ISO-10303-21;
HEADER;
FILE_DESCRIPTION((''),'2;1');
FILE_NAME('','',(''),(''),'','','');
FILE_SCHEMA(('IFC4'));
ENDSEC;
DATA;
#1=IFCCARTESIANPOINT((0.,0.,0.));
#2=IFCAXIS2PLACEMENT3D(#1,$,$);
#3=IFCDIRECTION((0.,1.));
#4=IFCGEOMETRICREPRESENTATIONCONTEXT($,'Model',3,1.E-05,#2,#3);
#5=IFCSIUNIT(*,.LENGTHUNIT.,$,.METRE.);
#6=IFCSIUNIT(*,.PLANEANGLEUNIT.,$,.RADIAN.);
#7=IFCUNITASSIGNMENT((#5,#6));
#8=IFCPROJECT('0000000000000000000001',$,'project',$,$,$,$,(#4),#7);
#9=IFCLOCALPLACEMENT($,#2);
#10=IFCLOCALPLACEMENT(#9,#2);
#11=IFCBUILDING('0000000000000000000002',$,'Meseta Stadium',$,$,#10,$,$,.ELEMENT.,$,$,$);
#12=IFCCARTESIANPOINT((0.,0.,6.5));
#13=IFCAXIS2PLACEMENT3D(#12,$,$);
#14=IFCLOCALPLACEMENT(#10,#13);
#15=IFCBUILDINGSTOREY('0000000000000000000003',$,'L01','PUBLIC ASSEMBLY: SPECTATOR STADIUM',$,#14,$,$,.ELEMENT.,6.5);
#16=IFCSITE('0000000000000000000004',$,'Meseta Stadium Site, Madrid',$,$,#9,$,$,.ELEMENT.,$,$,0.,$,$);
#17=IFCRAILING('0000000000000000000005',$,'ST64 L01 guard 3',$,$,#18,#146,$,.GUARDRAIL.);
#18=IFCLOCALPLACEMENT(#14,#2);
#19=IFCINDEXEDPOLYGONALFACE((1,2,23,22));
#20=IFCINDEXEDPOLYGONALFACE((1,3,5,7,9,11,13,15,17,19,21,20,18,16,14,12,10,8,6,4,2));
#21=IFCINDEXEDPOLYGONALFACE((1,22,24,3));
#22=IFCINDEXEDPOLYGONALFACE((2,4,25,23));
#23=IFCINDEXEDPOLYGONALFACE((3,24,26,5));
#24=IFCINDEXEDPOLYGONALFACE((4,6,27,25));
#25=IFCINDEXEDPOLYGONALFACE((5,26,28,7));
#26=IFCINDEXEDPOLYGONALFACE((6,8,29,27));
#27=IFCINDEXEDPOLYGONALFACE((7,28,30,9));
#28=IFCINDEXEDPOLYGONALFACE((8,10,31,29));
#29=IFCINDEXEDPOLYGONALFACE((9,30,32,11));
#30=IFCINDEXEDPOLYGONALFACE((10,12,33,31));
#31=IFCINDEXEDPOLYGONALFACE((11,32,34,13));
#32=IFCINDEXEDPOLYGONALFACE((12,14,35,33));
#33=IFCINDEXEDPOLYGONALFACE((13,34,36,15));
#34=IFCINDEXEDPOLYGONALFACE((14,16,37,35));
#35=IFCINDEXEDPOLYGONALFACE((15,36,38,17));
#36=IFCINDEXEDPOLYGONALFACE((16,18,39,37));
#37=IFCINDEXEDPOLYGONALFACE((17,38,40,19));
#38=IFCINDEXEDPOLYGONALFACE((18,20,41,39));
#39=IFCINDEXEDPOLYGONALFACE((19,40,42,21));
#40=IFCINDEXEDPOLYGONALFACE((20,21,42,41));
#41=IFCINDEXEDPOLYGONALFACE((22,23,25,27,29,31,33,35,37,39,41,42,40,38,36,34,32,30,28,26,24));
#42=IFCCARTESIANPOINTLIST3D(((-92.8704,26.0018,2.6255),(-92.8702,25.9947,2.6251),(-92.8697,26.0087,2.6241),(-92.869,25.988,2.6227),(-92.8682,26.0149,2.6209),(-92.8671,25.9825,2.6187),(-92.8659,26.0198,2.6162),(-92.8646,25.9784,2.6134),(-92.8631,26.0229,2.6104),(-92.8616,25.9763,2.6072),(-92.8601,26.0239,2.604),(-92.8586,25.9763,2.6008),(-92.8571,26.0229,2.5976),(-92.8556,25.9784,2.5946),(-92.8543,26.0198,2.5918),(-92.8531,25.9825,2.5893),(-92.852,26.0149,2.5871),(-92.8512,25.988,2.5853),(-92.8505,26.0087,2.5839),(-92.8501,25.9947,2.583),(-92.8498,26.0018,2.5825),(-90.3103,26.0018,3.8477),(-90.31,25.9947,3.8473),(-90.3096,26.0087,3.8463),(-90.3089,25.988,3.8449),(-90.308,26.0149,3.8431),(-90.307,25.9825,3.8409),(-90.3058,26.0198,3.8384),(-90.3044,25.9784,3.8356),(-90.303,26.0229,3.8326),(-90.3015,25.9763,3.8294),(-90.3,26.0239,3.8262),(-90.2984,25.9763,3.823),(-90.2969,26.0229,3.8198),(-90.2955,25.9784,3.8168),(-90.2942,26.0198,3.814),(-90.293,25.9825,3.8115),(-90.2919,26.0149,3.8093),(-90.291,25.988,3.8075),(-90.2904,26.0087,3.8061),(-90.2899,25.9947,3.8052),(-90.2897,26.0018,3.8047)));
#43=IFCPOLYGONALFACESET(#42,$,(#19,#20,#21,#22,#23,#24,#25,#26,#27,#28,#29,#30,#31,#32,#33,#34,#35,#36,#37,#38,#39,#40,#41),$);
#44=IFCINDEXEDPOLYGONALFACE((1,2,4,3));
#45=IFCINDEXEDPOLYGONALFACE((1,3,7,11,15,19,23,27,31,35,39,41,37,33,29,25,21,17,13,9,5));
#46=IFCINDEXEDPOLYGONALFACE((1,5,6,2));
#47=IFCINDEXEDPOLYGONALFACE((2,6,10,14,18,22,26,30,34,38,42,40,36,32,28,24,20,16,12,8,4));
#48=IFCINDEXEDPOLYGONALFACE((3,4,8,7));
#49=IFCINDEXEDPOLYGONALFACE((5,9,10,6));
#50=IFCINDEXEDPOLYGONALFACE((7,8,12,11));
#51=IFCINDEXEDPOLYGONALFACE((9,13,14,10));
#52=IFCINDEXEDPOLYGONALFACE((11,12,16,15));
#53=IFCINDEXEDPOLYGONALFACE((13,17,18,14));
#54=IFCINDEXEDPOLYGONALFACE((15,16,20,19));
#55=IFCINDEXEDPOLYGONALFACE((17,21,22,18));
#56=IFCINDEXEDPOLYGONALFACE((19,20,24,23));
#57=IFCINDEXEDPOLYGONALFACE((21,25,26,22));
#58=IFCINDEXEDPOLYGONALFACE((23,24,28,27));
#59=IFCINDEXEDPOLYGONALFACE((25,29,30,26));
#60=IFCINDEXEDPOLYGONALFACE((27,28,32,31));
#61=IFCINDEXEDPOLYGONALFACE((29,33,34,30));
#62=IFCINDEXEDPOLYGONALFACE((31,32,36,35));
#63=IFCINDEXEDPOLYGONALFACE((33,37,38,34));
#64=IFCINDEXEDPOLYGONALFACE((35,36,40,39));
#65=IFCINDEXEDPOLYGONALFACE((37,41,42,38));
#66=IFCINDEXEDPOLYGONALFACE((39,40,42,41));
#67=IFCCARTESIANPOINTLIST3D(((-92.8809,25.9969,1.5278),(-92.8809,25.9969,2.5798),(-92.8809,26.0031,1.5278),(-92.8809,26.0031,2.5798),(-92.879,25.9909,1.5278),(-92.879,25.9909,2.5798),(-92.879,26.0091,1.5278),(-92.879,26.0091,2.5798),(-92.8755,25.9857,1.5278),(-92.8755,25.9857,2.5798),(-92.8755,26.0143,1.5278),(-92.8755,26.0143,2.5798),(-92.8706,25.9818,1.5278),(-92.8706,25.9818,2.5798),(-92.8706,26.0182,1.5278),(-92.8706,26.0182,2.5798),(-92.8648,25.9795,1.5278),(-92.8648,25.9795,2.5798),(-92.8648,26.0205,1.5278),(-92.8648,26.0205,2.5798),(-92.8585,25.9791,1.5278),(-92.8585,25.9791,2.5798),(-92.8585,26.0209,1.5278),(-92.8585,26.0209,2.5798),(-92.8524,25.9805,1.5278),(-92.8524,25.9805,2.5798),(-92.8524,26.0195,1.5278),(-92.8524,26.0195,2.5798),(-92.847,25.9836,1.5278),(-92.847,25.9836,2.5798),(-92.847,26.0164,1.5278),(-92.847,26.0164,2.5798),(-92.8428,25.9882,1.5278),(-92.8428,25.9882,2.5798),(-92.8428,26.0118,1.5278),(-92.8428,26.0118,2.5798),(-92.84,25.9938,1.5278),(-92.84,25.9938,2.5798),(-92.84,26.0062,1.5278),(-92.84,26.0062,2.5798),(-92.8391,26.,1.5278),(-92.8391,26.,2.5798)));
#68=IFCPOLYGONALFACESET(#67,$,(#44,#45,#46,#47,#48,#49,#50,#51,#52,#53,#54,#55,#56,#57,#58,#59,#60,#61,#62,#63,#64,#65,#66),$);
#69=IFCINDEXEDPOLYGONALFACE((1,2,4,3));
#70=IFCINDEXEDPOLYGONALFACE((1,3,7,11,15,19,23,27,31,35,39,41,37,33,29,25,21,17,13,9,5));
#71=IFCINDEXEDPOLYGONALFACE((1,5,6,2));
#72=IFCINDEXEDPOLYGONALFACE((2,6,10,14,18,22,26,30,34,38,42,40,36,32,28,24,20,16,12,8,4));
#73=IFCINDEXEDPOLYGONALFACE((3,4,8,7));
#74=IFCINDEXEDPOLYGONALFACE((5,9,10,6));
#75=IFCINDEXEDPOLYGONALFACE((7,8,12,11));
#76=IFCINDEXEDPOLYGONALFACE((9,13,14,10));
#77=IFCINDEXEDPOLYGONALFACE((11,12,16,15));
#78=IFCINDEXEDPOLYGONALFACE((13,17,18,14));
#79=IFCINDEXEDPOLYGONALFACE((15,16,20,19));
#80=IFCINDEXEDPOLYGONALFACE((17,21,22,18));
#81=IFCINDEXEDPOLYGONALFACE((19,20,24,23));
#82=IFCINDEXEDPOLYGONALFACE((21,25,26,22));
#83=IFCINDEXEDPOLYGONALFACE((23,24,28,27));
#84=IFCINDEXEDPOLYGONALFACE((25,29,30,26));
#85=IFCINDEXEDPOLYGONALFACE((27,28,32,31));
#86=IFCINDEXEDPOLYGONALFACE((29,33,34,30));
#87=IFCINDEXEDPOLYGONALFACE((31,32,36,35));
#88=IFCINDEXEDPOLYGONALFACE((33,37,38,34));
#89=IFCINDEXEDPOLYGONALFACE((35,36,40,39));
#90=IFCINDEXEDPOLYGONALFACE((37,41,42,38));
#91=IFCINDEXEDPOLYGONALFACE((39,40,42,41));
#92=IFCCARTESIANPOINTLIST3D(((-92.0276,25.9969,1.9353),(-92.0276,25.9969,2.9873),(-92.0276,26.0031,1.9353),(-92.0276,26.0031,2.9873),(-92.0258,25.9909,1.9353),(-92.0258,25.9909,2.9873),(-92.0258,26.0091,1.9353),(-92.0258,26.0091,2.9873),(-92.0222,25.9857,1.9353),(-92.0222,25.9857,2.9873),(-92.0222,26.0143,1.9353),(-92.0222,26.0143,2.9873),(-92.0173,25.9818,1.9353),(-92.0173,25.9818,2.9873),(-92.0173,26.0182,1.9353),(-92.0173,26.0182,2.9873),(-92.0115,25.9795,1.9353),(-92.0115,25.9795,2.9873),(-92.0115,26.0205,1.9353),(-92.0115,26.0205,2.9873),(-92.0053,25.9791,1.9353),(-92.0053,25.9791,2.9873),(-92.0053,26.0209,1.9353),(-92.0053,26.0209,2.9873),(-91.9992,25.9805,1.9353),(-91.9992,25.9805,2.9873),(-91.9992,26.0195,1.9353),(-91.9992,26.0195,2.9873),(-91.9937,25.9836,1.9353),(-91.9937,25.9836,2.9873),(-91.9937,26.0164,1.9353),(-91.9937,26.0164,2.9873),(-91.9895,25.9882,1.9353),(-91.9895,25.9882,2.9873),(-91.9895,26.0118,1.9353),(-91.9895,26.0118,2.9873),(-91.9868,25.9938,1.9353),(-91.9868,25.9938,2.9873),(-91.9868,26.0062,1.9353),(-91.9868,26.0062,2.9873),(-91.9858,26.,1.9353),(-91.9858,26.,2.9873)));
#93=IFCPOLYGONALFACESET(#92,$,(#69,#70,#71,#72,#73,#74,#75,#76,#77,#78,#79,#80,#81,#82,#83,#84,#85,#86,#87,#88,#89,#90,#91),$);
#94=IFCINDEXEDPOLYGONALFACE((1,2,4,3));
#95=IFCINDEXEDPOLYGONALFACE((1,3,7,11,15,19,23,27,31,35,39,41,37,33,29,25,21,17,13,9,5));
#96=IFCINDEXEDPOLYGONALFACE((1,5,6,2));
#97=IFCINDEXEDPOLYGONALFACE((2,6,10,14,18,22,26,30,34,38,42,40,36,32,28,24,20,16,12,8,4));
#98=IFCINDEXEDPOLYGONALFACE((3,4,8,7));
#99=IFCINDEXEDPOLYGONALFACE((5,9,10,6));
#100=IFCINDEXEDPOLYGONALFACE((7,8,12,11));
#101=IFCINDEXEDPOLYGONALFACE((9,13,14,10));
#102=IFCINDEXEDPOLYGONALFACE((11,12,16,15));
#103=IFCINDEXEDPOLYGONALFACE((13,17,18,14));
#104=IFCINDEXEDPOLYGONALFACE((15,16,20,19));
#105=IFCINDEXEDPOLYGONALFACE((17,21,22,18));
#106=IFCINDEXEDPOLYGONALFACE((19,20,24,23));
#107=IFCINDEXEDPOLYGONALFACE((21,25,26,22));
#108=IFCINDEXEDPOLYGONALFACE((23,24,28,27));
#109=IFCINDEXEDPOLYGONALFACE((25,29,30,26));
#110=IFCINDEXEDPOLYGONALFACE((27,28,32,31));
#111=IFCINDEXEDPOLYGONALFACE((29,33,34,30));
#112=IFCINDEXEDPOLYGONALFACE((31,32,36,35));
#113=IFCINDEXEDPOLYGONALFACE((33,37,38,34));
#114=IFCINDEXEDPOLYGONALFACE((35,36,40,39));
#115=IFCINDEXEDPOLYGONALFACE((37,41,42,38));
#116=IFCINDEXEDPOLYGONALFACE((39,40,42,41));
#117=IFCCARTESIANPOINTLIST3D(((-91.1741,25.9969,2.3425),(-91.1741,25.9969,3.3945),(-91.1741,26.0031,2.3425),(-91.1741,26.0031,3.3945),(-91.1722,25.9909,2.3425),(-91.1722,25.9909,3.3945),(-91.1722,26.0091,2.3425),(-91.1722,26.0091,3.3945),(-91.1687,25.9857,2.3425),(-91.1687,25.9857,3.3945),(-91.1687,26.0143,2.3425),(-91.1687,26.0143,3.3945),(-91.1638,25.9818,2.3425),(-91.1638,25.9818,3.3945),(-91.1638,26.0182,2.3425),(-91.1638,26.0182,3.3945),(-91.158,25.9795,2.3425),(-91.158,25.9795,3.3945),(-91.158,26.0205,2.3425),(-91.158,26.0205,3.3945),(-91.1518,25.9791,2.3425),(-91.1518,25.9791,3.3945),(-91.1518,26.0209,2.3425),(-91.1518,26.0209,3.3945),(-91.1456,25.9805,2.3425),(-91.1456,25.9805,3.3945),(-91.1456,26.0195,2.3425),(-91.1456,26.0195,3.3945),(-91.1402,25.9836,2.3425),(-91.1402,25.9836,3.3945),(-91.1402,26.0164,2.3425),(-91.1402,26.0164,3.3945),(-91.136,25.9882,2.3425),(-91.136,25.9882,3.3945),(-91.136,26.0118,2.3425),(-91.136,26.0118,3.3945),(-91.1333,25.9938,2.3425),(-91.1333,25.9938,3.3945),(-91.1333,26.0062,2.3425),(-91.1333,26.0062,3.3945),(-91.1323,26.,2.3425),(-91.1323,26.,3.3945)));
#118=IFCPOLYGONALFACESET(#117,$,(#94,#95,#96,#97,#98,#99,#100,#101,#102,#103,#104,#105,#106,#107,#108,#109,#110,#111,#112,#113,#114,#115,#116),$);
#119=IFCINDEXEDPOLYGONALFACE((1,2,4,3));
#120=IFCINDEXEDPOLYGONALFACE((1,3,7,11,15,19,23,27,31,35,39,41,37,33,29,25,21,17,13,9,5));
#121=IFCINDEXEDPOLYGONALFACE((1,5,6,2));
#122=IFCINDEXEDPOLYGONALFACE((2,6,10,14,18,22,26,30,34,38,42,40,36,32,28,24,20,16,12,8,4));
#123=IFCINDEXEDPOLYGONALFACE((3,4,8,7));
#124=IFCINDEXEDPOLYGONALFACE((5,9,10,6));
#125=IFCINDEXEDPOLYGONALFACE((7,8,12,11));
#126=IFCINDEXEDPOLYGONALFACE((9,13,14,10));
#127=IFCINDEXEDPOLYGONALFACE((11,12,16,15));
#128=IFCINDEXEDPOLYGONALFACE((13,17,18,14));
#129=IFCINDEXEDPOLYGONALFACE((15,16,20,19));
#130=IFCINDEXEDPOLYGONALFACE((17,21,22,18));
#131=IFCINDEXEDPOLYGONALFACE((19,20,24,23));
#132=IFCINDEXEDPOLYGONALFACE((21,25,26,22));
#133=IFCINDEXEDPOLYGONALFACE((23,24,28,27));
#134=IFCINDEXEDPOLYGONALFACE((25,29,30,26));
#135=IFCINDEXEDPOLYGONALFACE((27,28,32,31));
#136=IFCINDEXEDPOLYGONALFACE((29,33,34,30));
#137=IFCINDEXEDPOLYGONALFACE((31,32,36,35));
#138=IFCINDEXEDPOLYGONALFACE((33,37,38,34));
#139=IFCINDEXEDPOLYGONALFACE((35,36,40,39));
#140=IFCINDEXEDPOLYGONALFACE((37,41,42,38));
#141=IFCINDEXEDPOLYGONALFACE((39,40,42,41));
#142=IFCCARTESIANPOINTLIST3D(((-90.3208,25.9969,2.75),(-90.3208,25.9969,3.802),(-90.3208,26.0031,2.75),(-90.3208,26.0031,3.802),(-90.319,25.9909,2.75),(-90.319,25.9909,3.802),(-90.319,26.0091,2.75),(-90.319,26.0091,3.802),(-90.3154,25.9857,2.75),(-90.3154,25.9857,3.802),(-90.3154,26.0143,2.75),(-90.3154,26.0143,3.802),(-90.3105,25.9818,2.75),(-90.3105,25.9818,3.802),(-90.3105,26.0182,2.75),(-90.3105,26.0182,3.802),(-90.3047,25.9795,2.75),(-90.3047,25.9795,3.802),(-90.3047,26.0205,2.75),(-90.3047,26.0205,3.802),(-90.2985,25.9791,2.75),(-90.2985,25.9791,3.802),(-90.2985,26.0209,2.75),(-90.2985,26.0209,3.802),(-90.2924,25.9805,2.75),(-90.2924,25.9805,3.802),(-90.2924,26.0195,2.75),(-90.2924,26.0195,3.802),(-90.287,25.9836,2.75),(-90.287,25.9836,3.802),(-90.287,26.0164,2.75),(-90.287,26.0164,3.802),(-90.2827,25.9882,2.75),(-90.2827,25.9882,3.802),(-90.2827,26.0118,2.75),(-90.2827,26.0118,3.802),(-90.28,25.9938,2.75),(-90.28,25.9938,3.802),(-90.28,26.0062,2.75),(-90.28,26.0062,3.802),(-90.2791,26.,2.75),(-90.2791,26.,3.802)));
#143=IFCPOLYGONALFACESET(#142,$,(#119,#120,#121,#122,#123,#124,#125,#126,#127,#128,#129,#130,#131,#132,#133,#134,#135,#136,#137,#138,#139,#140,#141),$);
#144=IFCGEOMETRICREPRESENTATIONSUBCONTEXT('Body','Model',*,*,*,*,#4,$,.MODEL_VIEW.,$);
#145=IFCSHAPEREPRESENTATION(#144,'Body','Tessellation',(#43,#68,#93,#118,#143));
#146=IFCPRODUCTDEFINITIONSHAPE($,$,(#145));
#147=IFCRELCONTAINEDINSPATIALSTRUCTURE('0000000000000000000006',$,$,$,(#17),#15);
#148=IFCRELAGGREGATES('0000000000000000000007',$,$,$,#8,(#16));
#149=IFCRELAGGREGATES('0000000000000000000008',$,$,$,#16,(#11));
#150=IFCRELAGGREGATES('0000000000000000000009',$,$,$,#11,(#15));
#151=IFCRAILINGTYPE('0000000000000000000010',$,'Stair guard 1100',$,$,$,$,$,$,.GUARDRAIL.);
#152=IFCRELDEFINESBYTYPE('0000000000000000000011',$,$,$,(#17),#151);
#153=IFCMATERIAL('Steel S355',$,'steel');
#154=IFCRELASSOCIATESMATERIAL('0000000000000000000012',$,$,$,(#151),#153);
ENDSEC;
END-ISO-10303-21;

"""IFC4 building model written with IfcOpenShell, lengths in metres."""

from ifc_helpers import new_model, si_unit, direction, frame, origin, origin_2d, place, context, subcontext, project, spatial, circle, extrude, material, type_object, element, save


model = new_model("IFC4")

# Units and contexts
model_context = context("Model", 3, precision=1e-05, world=origin(), true_north=direction((0.0, 1.0)))
body_context = subcontext(model_context, "Body", "Model", "MODEL_VIEW")
ifc_project = project(units=[si_unit("LENGTHUNIT", "METRE"), si_unit("PLANEANGLEUNIT", "RADIAN")], contexts=[model_context])

# Site, building, storey
site_placement = place(None, origin())
site = spatial("IfcSite", under=ifc_project, at=site_placement, Name="Meseta Stadium Site, Madrid", CompositionType="ELEMENT", RefElevation=0.0)
building_placement = place(site_placement, origin())
building = spatial("IfcBuilding", under=site, at=building_placement, Name="Meseta Stadium", CompositionType="ELEMENT")
storey_placement = place(building_placement, frame((0.0, 0.0, 6.5)))
storey = spatial("IfcBuildingStorey", under=building, at=storey_placement, Name="L01", Description="PUBLIC ASSEMBLY: SPECTATOR STADIUM", CompositionType="ELEMENT", Elevation=6.5)

# Railing
ifc_material_1 = material(Name="Steel S355", Category="steel")
railing_type_1 = type_object("IfcRailingType", Name="Stair guard 1100", PredefinedType="GUARDRAIL", material=ifc_material_1)
railing_1_placement = place(storey_placement, frame((-92.8601, 26.0, 1.5278)))
element("IfcRailing", 1, at=railing_1_placement, inside=storey, type_object=railing_type_1, Name="ST64 L01 guard 3", PredefinedType="GUARDRAIL", context=body_context, shape_type="SweptSolid", body=[
    extrude(circle(Radius=0.0239, at=origin_2d()), frame((0.0, 0.0, 1.0762), z_axis=(0.902437, 0.0, 0.430822), x_axis=(0.0, 1.0, 0.0)), (0.0, 0.0, 1.0), 2.8369),
    extrude(circle(Radius=0.021, at=origin_2d()), origin(), (0.0, 0.0, 1.0), 1.052),
    extrude(circle(Radius=0.021, at=origin_2d()), frame((0.8533, 0.0, 0.4075)), (0.0, 0.0, 1.0), 1.052),
    extrude(circle(Radius=0.021, at=origin_2d()), frame((1.7068, 0.0, 0.8147)), (0.0, 0.0, 1.0), 1.052),
    extrude(circle(Radius=0.021, at=origin_2d()), frame((2.5601, 0.0, 1.2222)), (0.0, 0.0, 1.0), 1.052),
])

save(model, "model.ifc")
